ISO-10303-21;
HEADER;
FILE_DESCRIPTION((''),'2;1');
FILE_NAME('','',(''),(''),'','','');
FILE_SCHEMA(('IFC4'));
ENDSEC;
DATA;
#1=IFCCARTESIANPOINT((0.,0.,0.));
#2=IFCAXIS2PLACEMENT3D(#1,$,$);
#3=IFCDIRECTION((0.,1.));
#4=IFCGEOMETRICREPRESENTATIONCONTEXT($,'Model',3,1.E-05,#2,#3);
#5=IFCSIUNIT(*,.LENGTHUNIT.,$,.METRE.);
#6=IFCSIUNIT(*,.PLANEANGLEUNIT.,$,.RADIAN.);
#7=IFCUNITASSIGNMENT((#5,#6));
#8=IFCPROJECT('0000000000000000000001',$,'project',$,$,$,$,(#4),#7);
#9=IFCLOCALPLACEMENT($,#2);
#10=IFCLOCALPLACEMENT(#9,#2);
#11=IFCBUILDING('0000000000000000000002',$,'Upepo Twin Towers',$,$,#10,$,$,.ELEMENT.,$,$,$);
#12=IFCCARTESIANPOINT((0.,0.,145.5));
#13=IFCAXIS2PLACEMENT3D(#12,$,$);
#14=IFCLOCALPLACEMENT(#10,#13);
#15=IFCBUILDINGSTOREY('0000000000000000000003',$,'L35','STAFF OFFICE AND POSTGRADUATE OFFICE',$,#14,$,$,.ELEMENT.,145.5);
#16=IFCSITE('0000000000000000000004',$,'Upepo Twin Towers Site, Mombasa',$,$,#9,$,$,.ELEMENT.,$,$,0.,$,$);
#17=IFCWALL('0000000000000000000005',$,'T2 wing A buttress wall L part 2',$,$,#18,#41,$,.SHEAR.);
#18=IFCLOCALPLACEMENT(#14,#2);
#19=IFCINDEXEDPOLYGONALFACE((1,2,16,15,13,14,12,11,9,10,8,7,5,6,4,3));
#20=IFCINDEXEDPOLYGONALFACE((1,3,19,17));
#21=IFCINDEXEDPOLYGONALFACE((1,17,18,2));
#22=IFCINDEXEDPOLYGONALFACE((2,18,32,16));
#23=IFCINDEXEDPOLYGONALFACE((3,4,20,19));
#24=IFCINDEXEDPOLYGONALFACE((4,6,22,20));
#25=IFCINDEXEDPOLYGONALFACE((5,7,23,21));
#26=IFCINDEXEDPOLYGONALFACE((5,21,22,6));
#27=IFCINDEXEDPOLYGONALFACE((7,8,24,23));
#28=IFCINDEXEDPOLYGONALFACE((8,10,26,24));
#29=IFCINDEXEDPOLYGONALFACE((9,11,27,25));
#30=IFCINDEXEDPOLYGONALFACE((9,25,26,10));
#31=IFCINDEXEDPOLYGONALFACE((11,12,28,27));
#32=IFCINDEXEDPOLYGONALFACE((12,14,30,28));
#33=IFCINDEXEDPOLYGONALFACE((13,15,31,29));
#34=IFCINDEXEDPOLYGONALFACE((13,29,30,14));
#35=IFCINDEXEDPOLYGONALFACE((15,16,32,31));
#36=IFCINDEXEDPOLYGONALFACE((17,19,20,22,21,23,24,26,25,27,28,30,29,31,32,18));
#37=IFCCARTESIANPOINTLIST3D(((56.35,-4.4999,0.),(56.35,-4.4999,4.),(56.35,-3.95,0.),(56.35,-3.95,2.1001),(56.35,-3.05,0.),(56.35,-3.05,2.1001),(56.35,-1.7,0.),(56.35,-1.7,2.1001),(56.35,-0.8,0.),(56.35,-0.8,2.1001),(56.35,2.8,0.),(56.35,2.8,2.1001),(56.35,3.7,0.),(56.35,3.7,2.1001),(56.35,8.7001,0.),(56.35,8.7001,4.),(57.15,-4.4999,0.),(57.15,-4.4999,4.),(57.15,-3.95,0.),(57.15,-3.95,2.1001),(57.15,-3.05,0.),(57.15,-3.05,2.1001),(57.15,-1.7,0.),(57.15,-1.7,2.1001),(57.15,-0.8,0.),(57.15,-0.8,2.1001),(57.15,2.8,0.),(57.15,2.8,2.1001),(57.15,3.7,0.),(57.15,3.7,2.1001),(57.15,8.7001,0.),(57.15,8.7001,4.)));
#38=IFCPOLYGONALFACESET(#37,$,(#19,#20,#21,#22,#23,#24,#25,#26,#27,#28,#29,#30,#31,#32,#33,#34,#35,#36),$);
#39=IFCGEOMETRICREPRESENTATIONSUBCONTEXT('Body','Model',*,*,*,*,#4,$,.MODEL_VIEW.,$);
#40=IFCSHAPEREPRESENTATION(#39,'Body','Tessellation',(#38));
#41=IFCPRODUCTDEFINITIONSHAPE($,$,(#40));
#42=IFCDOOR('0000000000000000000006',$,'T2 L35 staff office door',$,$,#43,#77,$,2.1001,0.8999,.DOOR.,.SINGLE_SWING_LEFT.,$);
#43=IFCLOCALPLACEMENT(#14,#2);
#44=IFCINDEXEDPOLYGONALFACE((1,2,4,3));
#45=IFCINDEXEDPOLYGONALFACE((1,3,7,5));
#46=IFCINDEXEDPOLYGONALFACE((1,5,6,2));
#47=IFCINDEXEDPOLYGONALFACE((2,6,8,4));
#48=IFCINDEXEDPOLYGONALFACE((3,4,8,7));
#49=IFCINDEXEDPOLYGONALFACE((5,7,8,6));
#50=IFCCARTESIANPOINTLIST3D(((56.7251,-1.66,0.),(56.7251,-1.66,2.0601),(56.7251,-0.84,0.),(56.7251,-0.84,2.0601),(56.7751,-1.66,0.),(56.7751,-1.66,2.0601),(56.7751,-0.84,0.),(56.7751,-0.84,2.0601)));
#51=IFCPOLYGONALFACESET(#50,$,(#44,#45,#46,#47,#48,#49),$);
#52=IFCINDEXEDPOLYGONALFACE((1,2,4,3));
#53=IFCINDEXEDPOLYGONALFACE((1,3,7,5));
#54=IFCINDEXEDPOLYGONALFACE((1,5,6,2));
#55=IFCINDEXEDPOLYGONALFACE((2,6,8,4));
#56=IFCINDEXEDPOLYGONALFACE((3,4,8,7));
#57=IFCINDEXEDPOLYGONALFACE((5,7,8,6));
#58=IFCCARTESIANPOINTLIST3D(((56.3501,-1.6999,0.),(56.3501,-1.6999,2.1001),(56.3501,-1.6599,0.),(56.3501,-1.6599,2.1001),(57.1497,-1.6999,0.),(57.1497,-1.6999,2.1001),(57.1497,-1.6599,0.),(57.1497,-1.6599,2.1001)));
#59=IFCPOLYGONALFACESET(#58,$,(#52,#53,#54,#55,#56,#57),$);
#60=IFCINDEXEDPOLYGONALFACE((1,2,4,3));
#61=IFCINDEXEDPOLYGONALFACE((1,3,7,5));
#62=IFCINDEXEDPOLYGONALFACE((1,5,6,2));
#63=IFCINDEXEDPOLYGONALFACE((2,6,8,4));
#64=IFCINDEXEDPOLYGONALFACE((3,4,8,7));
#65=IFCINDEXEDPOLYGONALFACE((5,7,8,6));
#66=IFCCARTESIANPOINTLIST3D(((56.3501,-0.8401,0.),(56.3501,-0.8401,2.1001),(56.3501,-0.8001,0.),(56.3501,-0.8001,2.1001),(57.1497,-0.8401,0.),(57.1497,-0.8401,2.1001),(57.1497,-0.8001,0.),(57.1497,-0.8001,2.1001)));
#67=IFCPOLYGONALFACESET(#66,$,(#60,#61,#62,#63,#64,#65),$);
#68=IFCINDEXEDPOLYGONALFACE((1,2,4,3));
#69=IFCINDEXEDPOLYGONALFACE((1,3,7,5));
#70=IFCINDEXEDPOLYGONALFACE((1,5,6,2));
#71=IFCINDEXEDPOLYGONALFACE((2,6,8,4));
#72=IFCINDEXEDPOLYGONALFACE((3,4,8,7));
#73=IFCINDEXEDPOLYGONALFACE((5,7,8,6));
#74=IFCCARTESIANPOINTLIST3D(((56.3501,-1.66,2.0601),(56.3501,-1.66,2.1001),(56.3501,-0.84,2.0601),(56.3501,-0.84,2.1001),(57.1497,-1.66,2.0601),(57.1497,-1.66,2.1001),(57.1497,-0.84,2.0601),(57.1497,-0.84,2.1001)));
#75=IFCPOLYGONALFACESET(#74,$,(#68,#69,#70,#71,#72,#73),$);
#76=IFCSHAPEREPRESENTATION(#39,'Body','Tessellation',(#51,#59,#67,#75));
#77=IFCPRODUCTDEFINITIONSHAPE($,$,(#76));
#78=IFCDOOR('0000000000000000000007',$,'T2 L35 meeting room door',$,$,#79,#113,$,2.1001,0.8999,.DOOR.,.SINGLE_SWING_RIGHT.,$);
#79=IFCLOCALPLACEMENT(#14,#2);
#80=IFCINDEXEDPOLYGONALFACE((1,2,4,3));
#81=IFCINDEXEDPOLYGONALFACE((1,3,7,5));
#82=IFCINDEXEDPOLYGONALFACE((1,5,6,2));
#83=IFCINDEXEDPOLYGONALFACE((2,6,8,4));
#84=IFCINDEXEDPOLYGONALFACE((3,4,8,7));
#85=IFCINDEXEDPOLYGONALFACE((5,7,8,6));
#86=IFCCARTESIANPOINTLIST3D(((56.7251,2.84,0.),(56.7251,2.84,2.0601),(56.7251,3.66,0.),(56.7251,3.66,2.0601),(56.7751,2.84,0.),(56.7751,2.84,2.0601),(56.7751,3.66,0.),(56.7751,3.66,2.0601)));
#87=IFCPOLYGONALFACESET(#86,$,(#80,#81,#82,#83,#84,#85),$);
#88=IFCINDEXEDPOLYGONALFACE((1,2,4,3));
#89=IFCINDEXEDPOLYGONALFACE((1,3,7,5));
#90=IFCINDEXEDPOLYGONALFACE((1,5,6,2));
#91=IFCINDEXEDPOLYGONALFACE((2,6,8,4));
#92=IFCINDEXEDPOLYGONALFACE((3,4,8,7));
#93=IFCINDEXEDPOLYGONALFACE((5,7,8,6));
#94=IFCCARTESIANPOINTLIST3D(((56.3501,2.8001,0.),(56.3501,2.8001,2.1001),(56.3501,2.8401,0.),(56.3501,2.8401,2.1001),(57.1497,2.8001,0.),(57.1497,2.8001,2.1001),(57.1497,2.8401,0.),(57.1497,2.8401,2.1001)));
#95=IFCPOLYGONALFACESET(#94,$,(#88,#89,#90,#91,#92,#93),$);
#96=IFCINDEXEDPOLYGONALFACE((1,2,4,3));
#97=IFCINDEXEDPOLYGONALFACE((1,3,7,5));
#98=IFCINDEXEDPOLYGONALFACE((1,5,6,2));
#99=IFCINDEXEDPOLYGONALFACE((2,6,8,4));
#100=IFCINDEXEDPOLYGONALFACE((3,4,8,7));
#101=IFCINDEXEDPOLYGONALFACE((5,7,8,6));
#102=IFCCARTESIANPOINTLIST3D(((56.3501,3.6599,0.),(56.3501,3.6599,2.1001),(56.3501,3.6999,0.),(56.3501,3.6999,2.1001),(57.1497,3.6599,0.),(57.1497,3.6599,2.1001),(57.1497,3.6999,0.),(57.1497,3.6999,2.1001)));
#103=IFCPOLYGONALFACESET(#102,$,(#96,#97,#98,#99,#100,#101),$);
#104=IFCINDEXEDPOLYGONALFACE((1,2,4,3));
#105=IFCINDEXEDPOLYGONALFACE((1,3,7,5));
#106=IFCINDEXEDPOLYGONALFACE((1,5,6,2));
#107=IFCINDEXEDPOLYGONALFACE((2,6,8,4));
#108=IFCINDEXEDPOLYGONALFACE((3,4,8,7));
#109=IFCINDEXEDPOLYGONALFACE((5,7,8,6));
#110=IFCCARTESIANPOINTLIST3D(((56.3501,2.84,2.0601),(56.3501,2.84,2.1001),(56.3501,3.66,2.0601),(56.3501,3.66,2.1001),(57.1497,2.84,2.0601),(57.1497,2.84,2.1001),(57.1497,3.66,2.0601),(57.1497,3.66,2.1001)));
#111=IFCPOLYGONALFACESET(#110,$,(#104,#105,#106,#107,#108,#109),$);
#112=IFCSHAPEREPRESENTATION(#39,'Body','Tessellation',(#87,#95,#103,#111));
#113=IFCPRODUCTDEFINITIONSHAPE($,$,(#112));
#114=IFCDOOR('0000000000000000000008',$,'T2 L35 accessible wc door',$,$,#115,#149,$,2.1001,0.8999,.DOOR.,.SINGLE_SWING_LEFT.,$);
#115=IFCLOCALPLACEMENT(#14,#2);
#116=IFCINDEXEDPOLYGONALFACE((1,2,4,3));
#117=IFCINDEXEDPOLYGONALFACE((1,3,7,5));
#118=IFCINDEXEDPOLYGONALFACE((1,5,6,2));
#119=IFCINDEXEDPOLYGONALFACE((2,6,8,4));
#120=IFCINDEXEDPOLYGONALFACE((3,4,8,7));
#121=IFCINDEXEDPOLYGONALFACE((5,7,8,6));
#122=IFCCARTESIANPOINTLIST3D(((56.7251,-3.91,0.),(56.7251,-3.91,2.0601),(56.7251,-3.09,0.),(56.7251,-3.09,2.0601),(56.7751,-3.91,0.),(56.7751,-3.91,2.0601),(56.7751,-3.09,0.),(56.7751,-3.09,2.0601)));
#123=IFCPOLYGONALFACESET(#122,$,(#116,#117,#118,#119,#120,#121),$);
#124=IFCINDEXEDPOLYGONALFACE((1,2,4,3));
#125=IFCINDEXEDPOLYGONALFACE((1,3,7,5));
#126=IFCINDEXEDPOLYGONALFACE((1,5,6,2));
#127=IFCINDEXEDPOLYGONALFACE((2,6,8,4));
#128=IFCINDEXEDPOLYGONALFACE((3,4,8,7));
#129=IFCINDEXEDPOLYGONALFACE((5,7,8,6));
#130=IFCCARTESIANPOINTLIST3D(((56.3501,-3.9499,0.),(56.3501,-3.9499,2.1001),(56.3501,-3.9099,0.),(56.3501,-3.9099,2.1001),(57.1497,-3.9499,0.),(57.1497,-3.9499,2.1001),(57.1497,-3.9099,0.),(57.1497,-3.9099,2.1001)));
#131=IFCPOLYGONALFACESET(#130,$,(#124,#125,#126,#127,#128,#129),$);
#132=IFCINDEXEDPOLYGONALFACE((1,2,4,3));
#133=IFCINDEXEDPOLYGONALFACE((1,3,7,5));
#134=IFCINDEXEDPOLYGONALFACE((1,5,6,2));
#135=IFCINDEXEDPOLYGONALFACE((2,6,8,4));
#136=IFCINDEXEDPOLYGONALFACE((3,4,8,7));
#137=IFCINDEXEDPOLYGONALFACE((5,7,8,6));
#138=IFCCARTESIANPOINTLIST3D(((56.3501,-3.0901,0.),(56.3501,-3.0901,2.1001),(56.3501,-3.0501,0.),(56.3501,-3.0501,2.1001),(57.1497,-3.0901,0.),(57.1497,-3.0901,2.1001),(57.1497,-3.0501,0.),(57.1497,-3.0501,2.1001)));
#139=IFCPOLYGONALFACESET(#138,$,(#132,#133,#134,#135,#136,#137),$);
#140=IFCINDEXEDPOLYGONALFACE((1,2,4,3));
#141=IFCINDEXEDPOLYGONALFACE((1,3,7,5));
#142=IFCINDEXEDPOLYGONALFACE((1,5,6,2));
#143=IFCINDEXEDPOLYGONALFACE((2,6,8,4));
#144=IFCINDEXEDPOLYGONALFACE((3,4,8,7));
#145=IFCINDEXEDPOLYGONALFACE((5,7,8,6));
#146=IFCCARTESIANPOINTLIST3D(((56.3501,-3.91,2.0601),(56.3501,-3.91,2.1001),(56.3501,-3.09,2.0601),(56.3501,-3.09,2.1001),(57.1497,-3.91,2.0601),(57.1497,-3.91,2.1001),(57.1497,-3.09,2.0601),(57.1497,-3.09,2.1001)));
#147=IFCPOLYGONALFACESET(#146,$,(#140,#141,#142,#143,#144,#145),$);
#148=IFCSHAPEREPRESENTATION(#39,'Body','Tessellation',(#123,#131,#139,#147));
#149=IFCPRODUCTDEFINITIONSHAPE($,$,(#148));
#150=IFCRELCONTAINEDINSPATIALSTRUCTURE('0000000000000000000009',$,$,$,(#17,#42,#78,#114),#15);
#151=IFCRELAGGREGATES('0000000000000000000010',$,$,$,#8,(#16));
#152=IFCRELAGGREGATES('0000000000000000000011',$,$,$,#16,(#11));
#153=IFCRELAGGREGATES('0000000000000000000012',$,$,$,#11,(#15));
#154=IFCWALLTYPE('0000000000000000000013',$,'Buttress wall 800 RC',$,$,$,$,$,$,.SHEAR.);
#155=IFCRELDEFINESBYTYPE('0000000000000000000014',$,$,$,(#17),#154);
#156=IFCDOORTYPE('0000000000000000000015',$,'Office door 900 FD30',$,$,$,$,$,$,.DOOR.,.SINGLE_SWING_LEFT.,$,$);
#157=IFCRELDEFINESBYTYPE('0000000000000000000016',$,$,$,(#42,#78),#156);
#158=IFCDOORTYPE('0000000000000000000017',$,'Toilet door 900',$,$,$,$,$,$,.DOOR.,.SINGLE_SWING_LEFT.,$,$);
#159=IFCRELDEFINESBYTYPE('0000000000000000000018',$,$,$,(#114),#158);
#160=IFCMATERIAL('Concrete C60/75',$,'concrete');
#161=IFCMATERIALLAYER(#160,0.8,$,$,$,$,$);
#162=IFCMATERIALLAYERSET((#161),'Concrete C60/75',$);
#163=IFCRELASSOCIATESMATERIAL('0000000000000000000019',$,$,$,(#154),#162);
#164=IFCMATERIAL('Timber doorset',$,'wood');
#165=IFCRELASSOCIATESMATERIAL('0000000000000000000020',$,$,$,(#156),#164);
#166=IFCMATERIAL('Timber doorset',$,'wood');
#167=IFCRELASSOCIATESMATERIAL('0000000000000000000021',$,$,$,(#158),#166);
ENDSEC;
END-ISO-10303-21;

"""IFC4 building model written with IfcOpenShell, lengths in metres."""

from ifc_helpers import new_model, si_unit, direction, frame, frame_2d, origin, place, context, subcontext, project, spatial, rectangle, extrude, material, layer, layer_set, type_object, element, fill, save


model = new_model("IFC4")

# Units and contexts
model_context = context("Model", 3, precision=1e-05, world=origin(), true_north=direction((0.0, 1.0)))
body_context = subcontext(model_context, "Body", "Model", "MODEL_VIEW")
ifc_project = project(units=[si_unit("LENGTHUNIT", "METRE"), si_unit("PLANEANGLEUNIT", "RADIAN")], contexts=[model_context])

# Site, building, storey
site_placement = place(None, origin())
site = spatial("IfcSite", under=ifc_project, at=site_placement, Name="Upepo Twin Towers Site, Mombasa", CompositionType="ELEMENT", RefElevation=0.0)
building_placement = place(site_placement, origin())
building = spatial("IfcBuilding", under=site, at=building_placement, Name="Upepo Twin Towers", CompositionType="ELEMENT")
storey_placement = place(building_placement, frame((0.0, 0.0, 145.5)))
storey = spatial("IfcBuildingStorey", under=building, at=storey_placement, Name="L35", Description="STAFF OFFICE AND POSTGRADUATE OFFICE", CompositionType="ELEMENT", Elevation=145.5)

# Wall, openings, doors
ifc_material_1 = material(Name="Concrete C60/75", Category="concrete")
ifc_layer_1 = layer(ifc_material_1, 0.8)
ifc_layer_set_1 = layer_set([ifc_layer_1], Name="Concrete C60/75")
wall_type_1 = type_object("IfcWallType", Name="Buttress wall 800 RC", PredefinedType="SHEAR", material=ifc_layer_set_1)
wall_1_placement = place(storey_placement, frame((56.75, -4.5, 0.0), z_axis=(0.0, 0.0, 1.0), x_axis=(0.0, 1.0, 0.0)))
wall_1 = element("IfcWall", 1, at=wall_1_placement, inside=storey, type_object=wall_type_1, Name="T2 wing A buttress wall L part 2", PredefinedType="SHEAR", context=body_context, shape_type="SweptSolid", body=[
    extrude(rectangle(XDim=13.2, YDim=0.8, at=frame_2d((6.6001, 0.0))), origin(), (0.0, 0.0, 1.0), 4.0),
])
opening_1_placement = place(wall_1_placement, frame((0.55, 0.0, 0.0)))
opening_1 = element("IfcOpeningElement", 2, at=opening_1_placement, cuts=wall_1, PredefinedType="OPENING", context=body_context, shape_type="SweptSolid", body=[
    extrude(rectangle(XDim=0.8999, YDim=2.1001, at=frame_2d((0.45, 1.05))), frame((0.0, 0.4099, 0.0), z_axis=(0.0, -1.0, 0.0), x_axis=(1.0, 0.0, 0.0)), (0.0, 0.0, 1.0), 0.8201),
])
opening_2_placement = place(wall_1_placement, frame((2.8, 0.0, 0.0)))
opening_2 = element("IfcOpeningElement", 3, at=opening_2_placement, cuts=wall_1, PredefinedType="OPENING", context=body_context, shape_type="SweptSolid", body=[
    extrude(rectangle(XDim=0.8999, YDim=2.1001, at=frame_2d((0.45, 1.05))), frame((0.0, 0.4099, 0.0), z_axis=(0.0, -1.0, 0.0), x_axis=(1.0, 0.0, 0.0)), (0.0, 0.0, 1.0), 0.8201),
])
opening_3_placement = place(wall_1_placement, frame((7.3, 0.0, 0.0)))
opening_3 = element("IfcOpeningElement", 4, at=opening_3_placement, cuts=wall_1, PredefinedType="OPENING", context=body_context, shape_type="SweptSolid", body=[
    extrude(rectangle(XDim=0.8999, YDim=2.1001, at=frame_2d((0.45, 1.05))), frame((0.0, 0.4099, 0.0), z_axis=(0.0, -1.0, 0.0), x_axis=(1.0, 0.0, 0.0)), (0.0, 0.0, 1.0), 0.8201),
])
ifc_material_2 = material(Name="Timber doorset", Category="wood")
door_type_1 = type_object("IfcDoorType", Name="Office door 900 FD30", OperationType="SINGLE_SWING_LEFT", PredefinedType="DOOR", material=ifc_material_2)
door_1_placement = place(opening_2_placement, origin())
door_1 = element("IfcDoor", 5, at=door_1_placement, inside=storey, type_object=door_type_1, Name="T2 L35 staff office door", OperationType="SINGLE_SWING_LEFT", OverallHeight=2.1001, OverallWidth=0.8999, PredefinedType="DOOR", context=body_context, shape_type="SweptSolid", body=[
    extrude(rectangle(XDim=0.8199, YDim=2.0601, at=frame_2d((0.45, 1.03))), frame((0.0, 0.0249, 0.0), z_axis=(0.0, -1.0, 0.0), x_axis=(1.0, 0.0, 0.0)), (0.0, 0.0, 1.0), 0.05),
    extrude(rectangle(XDim=0.04, YDim=2.1001, at=frame_2d((0.02, 1.05))), frame((0.0, 0.3999, 0.0), z_axis=(0.0, -1.0, 0.0), x_axis=(1.0, 0.0, 0.0)), (0.0, 0.0, 1.0), 0.7996),
    extrude(rectangle(XDim=0.04, YDim=2.1001, at=frame_2d((0.8799, 1.05))), frame((0.0, 0.3999, 0.0), z_axis=(0.0, -1.0, 0.0), x_axis=(1.0, 0.0, 0.0)), (0.0, 0.0, 1.0), 0.7996),
    extrude(rectangle(XDim=0.8199, YDim=0.04, at=frame_2d((0.45, 2.0801))), frame((0.0, 0.3999, 0.0), z_axis=(0.0, -1.0, 0.0), x_axis=(1.0, 0.0, 0.0)), (0.0, 0.0, 1.0), 0.7996),
])
fill(opening_2, door_1)
door_2_placement = place(opening_3_placement, origin())
door_2 = element("IfcDoor", 6, at=door_2_placement, inside=storey, type_object=door_type_1, Name="T2 L35 meeting room door", OperationType="SINGLE_SWING_RIGHT", OverallHeight=2.1001, OverallWidth=0.8999, PredefinedType="DOOR", context=body_context, shape_type="SweptSolid", body=[
    extrude(rectangle(XDim=0.8199, YDim=2.0601, at=frame_2d((0.45, 1.03))), frame((0.0, 0.0249, 0.0), z_axis=(0.0, -1.0, 0.0), x_axis=(1.0, 0.0, 0.0)), (0.0, 0.0, 1.0), 0.05),
    extrude(rectangle(XDim=0.04, YDim=2.1001, at=frame_2d((0.02, 1.05))), frame((0.0, 0.3999, 0.0), z_axis=(0.0, -1.0, 0.0), x_axis=(1.0, 0.0, 0.0)), (0.0, 0.0, 1.0), 0.7996),
    extrude(rectangle(XDim=0.04, YDim=2.1001, at=frame_2d((0.8799, 1.05))), frame((0.0, 0.3999, 0.0), z_axis=(0.0, -1.0, 0.0), x_axis=(1.0, 0.0, 0.0)), (0.0, 0.0, 1.0), 0.7996),
    extrude(rectangle(XDim=0.8199, YDim=0.04, at=frame_2d((0.45, 2.0801))), frame((0.0, 0.3999, 0.0), z_axis=(0.0, -1.0, 0.0), x_axis=(1.0, 0.0, 0.0)), (0.0, 0.0, 1.0), 0.7996),
])
fill(opening_3, door_2)
ifc_material_3 = material(Name="Timber doorset", Category="wood")
door_type_2 = type_object("IfcDoorType", Name="Toilet door 900", OperationType="SINGLE_SWING_LEFT", PredefinedType="DOOR", material=ifc_material_3)
door_3_placement = place(opening_1_placement, origin())
door_3 = element("IfcDoor", 7, at=door_3_placement, inside=storey, type_object=door_type_2, Name="T2 L35 accessible wc door", OperationType="SINGLE_SWING_LEFT", OverallHeight=2.1001, OverallWidth=0.8999, PredefinedType="DOOR", context=body_context, shape_type="SweptSolid", body=[
    extrude(rectangle(XDim=0.8199, YDim=2.0601, at=frame_2d((0.45, 1.03))), frame((0.0, 0.0249, 0.0), z_axis=(0.0, -1.0, 0.0), x_axis=(1.0, 0.0, 0.0)), (0.0, 0.0, 1.0), 0.05),
    extrude(rectangle(XDim=0.04, YDim=2.1001, at=frame_2d((0.02, 1.05))), frame((0.0, 0.3999, 0.0), z_axis=(0.0, -1.0, 0.0), x_axis=(1.0, 0.0, 0.0)), (0.0, 0.0, 1.0), 0.7996),
    extrude(rectangle(XDim=0.04, YDim=2.1001, at=frame_2d((0.8799, 1.05))), frame((0.0, 0.3999, 0.0), z_axis=(0.0, -1.0, 0.0), x_axis=(1.0, 0.0, 0.0)), (0.0, 0.0, 1.0), 0.7996),
    extrude(rectangle(XDim=0.8199, YDim=0.04, at=frame_2d((0.45, 2.0801))), frame((0.0, 0.3999, 0.0), z_axis=(0.0, -1.0, 0.0), x_axis=(1.0, 0.0, 0.0)), (0.0, 0.0, 1.0), 0.7996),
])
fill(opening_1, door_3)

save(model, "model.ifc")
